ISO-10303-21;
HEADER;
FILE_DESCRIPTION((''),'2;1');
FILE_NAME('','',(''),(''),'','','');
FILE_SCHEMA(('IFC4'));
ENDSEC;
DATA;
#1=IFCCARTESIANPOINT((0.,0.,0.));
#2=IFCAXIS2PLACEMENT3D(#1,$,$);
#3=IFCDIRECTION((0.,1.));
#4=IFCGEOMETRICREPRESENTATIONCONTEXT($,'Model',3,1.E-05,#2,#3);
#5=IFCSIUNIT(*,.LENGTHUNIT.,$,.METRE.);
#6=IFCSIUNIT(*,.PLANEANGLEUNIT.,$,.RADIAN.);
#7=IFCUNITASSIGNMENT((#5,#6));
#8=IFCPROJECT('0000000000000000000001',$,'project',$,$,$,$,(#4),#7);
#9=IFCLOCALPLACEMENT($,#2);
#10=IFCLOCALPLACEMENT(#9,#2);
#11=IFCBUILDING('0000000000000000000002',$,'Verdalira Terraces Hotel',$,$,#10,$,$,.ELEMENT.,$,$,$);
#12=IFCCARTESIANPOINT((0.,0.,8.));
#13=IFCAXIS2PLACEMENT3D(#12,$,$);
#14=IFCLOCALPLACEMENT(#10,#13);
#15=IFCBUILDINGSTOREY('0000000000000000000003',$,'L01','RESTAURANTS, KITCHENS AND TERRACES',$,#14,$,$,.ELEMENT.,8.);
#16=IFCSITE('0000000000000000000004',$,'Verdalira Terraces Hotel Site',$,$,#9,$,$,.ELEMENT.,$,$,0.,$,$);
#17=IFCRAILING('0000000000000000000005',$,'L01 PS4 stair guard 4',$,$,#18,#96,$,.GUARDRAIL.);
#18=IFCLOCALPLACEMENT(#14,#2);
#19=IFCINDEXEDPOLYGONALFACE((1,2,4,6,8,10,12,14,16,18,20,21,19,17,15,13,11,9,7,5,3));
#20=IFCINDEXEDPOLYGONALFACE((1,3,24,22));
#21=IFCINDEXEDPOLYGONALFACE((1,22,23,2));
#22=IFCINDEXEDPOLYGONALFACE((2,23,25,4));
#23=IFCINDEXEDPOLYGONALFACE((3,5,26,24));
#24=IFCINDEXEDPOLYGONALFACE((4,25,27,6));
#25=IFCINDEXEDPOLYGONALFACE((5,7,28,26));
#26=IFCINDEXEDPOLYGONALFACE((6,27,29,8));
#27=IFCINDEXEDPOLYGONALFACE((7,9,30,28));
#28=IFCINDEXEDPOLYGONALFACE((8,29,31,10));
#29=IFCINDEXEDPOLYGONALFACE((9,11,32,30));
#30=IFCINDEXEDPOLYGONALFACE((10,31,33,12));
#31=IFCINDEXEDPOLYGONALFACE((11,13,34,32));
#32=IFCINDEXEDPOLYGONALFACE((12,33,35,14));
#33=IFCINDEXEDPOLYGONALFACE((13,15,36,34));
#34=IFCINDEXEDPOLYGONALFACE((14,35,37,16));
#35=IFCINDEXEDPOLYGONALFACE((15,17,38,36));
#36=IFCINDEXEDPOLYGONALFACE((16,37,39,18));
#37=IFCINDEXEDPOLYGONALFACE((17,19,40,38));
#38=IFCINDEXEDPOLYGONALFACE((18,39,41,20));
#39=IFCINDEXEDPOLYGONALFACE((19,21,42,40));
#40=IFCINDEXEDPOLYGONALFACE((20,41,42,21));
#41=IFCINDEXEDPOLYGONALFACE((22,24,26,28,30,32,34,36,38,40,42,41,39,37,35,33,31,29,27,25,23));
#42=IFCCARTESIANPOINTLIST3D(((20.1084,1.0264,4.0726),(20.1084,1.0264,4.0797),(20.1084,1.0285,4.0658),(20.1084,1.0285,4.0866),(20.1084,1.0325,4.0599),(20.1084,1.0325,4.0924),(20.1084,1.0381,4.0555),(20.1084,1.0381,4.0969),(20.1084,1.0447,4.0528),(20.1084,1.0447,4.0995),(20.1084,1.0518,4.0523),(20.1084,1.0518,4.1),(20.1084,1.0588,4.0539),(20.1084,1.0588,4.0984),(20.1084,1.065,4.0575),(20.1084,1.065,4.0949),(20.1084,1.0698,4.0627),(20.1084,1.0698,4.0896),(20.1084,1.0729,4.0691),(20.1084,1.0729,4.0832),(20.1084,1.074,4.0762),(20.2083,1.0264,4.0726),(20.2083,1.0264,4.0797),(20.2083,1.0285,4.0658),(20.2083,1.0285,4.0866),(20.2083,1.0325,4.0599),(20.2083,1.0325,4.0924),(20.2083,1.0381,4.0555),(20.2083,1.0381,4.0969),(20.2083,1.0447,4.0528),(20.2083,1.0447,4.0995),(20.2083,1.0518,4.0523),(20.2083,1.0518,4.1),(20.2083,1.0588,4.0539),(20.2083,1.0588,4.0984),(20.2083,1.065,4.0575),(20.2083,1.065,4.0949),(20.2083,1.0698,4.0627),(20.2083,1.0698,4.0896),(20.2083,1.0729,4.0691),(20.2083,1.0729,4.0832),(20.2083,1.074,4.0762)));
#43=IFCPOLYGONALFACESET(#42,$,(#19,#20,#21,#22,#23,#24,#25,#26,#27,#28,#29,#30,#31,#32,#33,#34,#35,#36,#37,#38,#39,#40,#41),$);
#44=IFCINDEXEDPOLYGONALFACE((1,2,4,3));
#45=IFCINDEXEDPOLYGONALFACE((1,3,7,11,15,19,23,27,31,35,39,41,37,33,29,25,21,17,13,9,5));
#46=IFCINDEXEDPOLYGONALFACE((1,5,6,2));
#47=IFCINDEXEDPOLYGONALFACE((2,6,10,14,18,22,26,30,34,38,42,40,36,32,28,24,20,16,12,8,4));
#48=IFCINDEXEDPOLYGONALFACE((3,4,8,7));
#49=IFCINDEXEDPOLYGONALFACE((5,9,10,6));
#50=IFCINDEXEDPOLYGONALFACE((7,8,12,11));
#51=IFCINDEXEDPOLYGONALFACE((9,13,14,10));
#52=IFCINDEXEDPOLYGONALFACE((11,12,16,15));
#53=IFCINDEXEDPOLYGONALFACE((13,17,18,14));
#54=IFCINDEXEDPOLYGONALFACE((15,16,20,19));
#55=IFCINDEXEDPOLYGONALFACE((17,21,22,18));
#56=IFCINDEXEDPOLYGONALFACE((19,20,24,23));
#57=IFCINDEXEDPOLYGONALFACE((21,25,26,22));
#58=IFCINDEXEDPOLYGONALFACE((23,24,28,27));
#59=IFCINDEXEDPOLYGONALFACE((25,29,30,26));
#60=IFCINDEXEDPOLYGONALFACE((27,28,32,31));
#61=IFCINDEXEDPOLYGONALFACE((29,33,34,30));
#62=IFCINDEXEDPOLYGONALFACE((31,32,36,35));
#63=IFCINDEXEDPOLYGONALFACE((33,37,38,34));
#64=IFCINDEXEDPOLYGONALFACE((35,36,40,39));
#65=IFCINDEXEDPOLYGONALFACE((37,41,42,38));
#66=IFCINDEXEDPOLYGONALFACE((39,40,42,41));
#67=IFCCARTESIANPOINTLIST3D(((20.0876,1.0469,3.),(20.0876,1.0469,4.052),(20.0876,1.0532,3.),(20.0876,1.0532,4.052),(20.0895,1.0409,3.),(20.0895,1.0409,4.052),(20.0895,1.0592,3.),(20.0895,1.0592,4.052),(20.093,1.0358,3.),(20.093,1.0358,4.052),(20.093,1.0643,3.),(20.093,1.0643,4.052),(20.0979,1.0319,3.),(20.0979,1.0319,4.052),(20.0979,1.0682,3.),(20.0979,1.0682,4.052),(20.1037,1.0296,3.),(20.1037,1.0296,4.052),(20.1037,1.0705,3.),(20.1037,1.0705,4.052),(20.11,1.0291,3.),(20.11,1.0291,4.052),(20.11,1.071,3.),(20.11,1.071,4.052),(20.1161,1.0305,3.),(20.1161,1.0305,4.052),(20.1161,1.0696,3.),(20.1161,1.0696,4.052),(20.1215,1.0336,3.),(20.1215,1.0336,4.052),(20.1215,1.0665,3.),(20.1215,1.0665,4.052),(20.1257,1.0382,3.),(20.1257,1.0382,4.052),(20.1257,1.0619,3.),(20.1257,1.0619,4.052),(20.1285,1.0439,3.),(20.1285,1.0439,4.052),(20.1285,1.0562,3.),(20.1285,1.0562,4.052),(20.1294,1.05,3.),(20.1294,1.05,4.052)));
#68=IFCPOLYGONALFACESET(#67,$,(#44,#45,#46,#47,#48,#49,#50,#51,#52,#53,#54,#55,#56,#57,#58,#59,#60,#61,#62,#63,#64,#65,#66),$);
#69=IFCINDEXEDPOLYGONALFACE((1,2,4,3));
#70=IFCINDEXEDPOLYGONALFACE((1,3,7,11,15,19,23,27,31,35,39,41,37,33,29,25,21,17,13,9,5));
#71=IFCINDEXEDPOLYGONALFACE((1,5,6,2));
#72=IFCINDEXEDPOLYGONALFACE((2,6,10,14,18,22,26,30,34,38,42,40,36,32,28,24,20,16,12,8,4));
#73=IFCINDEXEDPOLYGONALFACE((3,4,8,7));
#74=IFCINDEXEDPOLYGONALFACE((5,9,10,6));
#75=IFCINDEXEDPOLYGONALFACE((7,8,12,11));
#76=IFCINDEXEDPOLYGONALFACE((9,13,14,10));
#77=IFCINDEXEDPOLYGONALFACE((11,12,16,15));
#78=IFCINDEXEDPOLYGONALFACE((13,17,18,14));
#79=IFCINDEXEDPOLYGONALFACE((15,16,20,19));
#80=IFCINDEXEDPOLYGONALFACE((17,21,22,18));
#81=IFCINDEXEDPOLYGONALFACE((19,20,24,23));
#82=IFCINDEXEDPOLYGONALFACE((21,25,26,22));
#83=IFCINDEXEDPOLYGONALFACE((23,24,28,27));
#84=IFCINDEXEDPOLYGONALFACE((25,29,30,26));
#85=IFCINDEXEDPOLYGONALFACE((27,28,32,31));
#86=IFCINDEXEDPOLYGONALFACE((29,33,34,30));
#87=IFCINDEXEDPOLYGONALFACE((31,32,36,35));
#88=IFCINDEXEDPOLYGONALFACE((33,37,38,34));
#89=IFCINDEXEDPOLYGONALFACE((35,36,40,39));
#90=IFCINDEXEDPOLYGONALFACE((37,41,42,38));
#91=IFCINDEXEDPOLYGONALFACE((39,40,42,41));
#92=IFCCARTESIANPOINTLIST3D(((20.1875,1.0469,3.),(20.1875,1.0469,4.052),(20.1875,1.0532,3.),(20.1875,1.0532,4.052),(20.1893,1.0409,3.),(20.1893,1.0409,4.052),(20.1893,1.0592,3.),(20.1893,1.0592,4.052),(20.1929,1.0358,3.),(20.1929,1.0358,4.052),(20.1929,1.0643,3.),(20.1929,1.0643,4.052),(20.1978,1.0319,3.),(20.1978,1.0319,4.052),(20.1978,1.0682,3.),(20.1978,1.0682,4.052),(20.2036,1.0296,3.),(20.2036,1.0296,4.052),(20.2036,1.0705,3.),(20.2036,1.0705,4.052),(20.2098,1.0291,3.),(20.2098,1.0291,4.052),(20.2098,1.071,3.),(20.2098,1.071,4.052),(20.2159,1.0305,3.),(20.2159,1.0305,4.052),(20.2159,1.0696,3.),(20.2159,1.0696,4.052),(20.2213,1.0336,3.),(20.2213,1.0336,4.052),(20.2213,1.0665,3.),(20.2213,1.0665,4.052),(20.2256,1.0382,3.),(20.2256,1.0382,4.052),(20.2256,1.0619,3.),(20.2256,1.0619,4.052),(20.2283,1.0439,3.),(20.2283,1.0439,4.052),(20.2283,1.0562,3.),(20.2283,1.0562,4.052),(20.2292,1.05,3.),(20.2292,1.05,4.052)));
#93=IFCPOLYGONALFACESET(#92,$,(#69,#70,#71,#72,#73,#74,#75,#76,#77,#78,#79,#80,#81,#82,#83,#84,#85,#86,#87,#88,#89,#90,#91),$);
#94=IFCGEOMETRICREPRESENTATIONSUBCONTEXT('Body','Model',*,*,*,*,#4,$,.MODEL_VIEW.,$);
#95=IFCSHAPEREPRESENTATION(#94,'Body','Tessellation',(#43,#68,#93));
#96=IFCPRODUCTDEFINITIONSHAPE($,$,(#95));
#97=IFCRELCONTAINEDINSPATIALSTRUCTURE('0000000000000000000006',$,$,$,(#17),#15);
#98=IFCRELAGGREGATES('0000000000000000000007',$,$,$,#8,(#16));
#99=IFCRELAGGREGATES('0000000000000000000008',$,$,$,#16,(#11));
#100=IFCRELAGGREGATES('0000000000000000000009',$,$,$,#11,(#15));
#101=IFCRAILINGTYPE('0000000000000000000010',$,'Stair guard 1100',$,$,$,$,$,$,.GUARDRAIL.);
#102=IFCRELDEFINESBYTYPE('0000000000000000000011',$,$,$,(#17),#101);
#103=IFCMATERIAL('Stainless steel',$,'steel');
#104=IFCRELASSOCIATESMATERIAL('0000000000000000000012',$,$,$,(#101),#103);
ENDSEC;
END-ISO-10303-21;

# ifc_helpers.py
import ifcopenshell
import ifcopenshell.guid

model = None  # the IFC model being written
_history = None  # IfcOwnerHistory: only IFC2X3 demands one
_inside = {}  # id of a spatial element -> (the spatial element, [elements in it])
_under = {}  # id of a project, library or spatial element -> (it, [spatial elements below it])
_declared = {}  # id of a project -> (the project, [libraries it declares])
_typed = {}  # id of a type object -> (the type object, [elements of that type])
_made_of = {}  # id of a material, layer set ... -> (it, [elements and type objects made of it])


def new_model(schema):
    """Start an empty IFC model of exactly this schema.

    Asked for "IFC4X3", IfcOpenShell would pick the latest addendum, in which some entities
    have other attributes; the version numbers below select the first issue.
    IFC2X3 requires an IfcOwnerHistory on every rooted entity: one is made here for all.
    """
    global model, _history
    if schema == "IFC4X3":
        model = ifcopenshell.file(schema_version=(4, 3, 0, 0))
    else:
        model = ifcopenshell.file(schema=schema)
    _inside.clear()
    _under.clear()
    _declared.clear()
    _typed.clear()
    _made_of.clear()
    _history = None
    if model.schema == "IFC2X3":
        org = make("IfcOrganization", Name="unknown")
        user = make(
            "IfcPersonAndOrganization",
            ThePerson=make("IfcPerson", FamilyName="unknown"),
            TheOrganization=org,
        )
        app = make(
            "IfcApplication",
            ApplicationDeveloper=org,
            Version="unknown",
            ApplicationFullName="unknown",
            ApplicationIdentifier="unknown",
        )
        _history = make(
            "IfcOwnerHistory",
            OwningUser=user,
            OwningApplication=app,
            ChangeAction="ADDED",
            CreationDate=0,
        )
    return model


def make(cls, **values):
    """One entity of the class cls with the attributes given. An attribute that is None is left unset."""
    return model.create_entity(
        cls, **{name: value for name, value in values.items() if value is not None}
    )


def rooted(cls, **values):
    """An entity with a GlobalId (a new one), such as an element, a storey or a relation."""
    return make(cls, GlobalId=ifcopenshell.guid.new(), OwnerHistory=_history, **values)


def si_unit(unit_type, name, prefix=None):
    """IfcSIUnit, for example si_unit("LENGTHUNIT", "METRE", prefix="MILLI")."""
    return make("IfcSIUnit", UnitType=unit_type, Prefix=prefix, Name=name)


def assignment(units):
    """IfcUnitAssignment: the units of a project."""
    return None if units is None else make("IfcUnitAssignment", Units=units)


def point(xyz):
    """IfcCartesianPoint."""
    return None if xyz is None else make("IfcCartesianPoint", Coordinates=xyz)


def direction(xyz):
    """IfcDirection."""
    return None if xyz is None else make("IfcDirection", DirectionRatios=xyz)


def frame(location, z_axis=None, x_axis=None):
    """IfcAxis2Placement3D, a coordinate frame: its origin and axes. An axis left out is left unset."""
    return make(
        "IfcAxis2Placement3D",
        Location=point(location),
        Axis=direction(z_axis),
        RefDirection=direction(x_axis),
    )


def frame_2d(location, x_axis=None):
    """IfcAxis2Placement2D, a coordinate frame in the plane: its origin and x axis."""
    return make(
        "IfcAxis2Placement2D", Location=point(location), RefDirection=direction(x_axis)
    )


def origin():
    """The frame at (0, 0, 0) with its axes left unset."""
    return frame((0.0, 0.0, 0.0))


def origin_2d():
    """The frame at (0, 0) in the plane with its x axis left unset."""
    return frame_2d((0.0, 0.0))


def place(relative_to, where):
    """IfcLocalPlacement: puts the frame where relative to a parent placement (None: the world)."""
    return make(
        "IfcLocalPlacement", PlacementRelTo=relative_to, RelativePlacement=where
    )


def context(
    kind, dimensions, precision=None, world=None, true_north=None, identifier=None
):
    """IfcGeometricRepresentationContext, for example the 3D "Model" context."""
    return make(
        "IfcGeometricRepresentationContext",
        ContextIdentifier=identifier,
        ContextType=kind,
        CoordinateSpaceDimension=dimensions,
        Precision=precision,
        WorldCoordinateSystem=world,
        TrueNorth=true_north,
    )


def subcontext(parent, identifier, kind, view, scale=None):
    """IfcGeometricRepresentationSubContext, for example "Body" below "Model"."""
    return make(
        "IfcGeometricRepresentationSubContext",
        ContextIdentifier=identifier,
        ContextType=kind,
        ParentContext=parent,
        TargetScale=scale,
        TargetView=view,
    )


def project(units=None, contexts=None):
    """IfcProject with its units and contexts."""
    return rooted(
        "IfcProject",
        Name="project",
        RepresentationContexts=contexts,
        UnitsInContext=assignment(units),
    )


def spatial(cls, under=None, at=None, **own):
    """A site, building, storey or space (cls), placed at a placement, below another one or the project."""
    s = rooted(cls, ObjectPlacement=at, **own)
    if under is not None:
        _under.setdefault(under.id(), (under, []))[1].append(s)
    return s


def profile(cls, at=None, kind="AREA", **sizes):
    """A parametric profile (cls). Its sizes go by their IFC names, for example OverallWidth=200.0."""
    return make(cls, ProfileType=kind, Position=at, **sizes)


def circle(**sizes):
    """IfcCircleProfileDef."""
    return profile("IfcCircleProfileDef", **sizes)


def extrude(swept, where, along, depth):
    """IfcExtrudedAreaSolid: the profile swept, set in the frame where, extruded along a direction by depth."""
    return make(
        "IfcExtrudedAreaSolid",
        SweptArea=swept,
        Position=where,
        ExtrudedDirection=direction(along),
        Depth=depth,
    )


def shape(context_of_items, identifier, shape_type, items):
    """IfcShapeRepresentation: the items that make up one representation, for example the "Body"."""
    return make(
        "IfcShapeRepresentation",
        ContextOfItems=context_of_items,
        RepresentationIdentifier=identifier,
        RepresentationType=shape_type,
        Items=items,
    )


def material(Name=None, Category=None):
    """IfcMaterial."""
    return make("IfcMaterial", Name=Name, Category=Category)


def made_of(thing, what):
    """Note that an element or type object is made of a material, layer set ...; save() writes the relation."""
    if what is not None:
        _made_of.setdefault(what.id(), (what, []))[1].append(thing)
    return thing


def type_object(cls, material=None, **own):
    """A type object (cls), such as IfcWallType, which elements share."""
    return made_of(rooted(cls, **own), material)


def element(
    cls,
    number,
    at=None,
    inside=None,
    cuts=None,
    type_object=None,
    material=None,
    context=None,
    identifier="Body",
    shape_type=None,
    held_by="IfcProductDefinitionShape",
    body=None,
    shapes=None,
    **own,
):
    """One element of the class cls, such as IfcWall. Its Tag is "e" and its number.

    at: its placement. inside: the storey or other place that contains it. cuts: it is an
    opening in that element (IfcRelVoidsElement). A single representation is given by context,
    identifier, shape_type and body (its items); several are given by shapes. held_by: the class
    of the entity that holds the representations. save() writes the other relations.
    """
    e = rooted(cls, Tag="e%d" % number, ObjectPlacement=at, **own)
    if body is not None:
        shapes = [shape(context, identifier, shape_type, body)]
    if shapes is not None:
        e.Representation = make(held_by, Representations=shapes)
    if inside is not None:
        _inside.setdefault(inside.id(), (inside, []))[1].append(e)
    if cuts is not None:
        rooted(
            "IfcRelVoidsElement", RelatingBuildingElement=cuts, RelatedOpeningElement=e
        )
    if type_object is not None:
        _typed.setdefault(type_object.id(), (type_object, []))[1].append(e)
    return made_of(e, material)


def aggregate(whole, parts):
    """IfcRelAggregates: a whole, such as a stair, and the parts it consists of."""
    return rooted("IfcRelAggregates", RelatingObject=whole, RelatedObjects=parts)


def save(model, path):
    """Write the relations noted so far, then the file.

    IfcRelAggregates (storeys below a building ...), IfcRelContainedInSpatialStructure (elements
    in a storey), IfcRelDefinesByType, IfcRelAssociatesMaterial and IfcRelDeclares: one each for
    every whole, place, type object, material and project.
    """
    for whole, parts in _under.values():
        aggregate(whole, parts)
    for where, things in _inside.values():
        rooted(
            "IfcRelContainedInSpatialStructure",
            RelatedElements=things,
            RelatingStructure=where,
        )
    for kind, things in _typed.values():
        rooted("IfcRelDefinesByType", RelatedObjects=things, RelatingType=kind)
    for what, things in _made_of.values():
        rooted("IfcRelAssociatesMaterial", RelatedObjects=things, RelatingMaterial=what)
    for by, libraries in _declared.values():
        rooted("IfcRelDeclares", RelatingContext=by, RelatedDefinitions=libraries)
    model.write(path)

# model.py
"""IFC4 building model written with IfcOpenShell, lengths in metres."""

from ifc_helpers import new_model, si_unit, direction, frame, origin, origin_2d, place, context, subcontext, project, spatial, circle, extrude, material, type_object, element, save


model = new_model("IFC4")

# Units and contexts
model_context = context("Model", 3, precision=1e-05, world=origin(), true_north=direction((0.0, 1.0)))
body_context = subcontext(model_context, "Body", "Model", "MODEL_VIEW")
ifc_project = project(units=[si_unit("LENGTHUNIT", "METRE"), si_unit("PLANEANGLEUNIT", "RADIAN")], contexts=[model_context])

# Site, building, storey
site_placement = place(None, origin())
site = spatial("IfcSite", under=ifc_project, at=site_placement, Name="Verdalira Terraces Hotel Site", CompositionType="ELEMENT", RefElevation=0.0)
building_placement = place(site_placement, origin())
building = spatial("IfcBuilding", under=site, at=building_placement, Name="Verdalira Terraces Hotel", CompositionType="ELEMENT")
storey_placement = place(building_placement, frame((0.0, 0.0, 8.0)))
storey = spatial("IfcBuildingStorey", under=building, at=storey_placement, Name="L01", Description="RESTAURANTS, KITCHENS AND TERRACES", CompositionType="ELEMENT", Elevation=8.0)

# Railing
ifc_material_1 = material(Name="Stainless steel", Category="steel")
railing_type_1 = type_object("IfcRailingType", Name="Stair guard 1100", PredefinedType="GUARDRAIL", material=ifc_material_1)
railing_1_placement = place(storey_placement, frame((20.1084, 1.05, 3.0)))
element("IfcRailing", 1, at=railing_1_placement, inside=storey, type_object=railing_type_1, Name="L01 PS4 stair guard 4", PredefinedType="GUARDRAIL", context=body_context, shape_type="SweptSolid", body=[
    extrude(circle(Radius=0.0239, at=origin_2d()), frame((0.0, 0.0, 1.0762), z_axis=(1.0, 0.0, 0.0), x_axis=(0.0, 1.0, 0.0)), (0.0, 0.0, 1.0), 0.0999),
    extrude(circle(Radius=0.021, at=origin_2d()), origin(), (0.0, 0.0, 1.0), 1.052),
    extrude(circle(Radius=0.021, at=origin_2d()), frame((0.0999, 0.0, 0.0)), (0.0, 0.0, 1.0), 1.052),
])

save(model, "model.ifc")
